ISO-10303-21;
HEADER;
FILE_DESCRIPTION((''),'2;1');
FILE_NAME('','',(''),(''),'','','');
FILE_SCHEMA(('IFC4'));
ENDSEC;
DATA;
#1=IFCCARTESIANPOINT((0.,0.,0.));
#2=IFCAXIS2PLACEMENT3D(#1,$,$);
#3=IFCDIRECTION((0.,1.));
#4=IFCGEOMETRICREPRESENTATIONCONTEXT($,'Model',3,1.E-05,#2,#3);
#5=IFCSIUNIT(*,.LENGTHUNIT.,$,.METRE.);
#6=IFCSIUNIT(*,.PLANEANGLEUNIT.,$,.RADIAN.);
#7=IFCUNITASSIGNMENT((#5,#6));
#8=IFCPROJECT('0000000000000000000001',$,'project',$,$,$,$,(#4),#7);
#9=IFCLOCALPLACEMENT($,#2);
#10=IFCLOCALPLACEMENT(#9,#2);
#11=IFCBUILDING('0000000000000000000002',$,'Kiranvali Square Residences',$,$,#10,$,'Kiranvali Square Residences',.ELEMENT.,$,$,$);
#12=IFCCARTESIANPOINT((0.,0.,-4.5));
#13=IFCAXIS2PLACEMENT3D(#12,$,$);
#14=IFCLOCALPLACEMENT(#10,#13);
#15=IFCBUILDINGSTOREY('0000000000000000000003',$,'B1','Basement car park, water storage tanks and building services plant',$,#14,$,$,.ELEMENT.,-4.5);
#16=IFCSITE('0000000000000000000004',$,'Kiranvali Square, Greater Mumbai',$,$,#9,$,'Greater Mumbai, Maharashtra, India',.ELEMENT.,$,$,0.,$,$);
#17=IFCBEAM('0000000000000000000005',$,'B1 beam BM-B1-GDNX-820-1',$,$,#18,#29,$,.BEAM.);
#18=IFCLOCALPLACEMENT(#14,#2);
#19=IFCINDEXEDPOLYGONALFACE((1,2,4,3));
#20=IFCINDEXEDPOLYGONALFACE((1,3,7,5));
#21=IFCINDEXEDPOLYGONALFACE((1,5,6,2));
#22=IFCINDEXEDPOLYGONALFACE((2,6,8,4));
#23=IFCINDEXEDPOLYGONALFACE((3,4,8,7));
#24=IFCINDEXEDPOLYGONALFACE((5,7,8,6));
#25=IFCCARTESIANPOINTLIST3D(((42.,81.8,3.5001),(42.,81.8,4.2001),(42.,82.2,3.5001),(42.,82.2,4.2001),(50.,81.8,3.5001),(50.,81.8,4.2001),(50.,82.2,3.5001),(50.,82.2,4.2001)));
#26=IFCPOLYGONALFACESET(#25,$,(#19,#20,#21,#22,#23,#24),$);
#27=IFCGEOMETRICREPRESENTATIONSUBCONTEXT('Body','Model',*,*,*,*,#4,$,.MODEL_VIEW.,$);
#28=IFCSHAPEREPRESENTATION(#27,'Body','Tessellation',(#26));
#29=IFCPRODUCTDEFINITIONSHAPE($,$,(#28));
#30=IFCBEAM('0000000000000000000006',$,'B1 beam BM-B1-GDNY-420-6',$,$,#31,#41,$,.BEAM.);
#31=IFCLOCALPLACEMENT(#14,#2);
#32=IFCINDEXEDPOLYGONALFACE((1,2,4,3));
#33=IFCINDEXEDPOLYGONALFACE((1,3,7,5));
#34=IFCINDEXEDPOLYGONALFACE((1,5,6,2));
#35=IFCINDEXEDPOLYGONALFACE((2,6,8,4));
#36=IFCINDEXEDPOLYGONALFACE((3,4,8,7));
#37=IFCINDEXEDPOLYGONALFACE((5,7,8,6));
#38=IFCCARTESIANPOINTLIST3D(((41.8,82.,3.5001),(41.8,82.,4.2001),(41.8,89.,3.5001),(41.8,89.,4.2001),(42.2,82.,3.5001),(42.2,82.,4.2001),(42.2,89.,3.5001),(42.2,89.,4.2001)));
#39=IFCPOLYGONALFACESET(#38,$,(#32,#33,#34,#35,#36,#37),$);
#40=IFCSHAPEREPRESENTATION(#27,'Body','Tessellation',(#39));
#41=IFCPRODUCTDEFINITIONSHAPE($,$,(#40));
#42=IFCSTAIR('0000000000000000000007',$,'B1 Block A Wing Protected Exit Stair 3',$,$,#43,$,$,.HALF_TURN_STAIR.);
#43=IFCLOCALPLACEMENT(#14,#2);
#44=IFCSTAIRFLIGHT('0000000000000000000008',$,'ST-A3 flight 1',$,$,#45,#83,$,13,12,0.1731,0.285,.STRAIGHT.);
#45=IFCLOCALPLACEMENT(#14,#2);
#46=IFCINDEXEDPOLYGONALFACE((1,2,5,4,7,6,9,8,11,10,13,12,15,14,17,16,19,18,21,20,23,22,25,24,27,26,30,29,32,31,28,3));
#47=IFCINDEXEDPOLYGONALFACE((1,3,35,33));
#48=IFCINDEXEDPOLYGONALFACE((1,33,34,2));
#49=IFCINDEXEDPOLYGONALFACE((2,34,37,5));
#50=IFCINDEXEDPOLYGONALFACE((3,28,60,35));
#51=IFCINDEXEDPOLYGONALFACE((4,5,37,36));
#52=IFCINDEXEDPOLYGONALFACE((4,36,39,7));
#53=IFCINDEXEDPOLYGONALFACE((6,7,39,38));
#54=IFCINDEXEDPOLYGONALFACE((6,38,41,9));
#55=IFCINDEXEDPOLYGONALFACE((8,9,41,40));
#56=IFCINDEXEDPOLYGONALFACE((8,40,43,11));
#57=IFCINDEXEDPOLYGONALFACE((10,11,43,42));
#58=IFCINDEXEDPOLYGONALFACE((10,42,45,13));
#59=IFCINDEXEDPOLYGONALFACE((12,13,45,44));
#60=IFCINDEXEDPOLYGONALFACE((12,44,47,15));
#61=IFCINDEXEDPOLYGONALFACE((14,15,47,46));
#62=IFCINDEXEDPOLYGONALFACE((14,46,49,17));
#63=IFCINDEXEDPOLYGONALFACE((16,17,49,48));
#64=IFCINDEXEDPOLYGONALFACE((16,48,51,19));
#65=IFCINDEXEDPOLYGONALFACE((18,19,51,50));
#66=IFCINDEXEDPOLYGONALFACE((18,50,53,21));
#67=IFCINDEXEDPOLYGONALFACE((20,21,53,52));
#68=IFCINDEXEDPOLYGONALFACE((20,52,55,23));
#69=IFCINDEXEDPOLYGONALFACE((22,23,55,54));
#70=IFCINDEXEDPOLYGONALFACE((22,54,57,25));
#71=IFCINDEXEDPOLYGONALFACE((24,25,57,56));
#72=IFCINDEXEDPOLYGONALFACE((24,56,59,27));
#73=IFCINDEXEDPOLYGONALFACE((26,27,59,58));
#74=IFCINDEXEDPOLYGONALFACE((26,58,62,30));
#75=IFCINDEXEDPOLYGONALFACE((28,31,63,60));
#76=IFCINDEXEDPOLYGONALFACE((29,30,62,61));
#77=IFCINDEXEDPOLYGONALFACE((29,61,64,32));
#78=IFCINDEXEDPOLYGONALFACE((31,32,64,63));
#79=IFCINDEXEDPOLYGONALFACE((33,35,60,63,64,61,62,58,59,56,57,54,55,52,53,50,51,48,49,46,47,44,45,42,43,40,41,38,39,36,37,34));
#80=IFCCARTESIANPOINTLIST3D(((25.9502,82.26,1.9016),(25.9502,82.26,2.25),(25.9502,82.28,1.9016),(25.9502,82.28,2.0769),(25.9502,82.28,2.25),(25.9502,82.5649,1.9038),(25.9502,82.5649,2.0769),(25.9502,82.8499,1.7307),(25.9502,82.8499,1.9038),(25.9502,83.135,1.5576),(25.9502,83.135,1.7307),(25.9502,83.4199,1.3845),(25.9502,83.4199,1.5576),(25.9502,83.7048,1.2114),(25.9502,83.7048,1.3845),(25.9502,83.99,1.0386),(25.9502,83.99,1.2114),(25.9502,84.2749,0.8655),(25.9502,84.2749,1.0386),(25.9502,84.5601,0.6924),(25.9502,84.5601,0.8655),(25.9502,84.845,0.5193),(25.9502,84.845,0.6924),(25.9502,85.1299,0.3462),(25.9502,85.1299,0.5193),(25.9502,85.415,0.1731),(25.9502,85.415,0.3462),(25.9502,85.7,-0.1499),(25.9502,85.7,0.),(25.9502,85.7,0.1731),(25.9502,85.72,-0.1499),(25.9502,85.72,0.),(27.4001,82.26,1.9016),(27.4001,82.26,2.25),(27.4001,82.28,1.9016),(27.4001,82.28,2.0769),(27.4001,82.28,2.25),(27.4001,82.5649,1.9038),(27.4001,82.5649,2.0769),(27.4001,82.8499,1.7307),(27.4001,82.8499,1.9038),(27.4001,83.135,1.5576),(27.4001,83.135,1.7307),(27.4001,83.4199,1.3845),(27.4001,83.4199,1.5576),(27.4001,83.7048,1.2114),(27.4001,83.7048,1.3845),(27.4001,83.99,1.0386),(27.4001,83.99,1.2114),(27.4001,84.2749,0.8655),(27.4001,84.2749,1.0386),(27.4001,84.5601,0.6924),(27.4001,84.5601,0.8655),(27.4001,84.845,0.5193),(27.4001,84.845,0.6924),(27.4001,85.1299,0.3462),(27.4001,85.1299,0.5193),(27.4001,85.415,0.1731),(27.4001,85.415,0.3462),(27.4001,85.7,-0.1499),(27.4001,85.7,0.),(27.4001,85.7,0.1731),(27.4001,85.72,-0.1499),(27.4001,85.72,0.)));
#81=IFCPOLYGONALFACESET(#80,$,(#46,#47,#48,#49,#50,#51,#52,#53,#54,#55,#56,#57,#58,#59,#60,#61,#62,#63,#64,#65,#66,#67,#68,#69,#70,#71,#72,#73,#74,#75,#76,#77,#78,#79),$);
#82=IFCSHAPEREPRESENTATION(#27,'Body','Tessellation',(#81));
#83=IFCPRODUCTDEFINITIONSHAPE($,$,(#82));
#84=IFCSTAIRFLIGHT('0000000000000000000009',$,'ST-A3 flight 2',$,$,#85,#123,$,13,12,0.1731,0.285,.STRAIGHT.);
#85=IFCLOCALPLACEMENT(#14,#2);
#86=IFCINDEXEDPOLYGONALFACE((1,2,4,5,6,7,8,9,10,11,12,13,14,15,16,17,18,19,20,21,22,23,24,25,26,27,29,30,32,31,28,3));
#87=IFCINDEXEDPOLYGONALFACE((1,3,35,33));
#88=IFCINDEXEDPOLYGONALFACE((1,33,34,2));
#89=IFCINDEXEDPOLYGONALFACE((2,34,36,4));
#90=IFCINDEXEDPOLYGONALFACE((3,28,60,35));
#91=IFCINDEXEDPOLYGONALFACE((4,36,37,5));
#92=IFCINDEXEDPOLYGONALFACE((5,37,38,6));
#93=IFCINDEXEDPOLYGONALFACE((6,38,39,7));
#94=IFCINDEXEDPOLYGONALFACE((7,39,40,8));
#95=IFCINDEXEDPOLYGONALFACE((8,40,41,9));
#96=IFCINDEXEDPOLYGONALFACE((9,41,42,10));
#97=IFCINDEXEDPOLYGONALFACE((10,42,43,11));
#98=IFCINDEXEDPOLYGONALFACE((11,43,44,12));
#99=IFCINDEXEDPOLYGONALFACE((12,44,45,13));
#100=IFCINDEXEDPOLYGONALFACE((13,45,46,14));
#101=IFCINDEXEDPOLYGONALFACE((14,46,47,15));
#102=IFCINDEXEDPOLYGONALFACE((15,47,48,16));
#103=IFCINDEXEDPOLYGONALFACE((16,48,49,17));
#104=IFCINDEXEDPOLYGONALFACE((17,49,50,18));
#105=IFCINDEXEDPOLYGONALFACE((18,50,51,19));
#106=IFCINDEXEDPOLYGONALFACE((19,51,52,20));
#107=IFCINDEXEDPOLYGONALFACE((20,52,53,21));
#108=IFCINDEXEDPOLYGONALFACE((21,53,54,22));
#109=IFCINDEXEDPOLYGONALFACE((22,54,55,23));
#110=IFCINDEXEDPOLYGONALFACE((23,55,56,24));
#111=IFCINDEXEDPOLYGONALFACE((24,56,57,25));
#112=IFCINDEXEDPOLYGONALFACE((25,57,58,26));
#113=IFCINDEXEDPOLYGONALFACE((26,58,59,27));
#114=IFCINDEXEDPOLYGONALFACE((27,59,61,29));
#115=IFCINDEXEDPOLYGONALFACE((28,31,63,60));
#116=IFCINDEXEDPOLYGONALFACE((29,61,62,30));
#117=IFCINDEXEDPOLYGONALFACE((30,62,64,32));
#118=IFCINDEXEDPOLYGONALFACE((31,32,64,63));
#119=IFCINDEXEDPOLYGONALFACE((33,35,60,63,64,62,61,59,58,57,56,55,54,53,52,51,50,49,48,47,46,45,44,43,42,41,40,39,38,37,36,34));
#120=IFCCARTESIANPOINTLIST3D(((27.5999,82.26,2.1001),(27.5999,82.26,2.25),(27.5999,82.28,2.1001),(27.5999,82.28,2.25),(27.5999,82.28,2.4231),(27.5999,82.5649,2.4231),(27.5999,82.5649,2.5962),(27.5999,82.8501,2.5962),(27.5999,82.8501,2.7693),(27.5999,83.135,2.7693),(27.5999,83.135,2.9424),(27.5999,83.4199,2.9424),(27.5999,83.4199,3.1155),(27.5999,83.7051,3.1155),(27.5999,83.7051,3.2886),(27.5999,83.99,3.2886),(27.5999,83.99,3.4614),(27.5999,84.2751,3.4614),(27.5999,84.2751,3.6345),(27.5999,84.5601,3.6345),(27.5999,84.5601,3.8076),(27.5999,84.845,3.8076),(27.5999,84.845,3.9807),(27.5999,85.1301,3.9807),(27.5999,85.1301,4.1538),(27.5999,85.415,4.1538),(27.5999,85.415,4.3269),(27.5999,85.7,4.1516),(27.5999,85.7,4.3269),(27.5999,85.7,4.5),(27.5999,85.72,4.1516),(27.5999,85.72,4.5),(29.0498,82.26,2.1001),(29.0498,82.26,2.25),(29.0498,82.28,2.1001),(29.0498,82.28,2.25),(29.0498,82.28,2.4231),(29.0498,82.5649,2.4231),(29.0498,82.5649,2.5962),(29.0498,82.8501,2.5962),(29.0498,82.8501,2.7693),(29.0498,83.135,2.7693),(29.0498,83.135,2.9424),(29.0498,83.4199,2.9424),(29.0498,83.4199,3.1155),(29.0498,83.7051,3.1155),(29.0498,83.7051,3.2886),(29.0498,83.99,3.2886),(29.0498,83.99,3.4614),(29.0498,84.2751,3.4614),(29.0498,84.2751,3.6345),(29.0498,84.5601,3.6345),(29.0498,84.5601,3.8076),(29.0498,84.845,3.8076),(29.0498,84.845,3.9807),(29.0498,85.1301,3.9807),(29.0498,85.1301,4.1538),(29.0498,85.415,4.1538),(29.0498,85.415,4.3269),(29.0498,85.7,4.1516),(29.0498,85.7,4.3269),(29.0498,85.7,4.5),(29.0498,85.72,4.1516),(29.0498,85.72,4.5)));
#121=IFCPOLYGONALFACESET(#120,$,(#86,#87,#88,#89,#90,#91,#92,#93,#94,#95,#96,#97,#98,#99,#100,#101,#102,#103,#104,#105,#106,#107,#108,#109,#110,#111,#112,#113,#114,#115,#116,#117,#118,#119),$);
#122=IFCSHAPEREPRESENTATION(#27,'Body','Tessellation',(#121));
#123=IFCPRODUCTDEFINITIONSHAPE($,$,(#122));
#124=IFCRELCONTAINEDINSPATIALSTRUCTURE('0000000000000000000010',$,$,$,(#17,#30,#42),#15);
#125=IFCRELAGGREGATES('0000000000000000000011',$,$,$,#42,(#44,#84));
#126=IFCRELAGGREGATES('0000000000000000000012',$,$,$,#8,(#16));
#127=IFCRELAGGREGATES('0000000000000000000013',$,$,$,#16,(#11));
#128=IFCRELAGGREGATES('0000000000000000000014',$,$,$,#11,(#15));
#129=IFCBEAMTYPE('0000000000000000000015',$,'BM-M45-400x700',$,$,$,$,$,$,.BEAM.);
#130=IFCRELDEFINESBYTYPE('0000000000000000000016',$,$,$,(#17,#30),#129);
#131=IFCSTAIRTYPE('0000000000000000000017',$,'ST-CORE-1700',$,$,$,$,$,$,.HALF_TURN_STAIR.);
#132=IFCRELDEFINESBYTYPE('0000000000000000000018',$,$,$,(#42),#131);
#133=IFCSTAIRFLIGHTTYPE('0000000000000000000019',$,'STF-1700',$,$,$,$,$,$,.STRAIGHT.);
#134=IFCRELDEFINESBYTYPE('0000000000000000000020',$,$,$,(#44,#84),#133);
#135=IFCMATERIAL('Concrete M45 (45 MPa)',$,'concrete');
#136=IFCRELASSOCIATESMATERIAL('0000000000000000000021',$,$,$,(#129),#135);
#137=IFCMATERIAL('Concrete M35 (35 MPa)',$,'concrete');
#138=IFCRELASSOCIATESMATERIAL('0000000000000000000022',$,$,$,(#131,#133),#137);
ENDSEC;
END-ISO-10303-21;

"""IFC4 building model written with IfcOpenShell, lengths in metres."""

from ifc_helpers import new_model, si_unit, direction, frame, origin, origin_2d, place, context, subcontext, project, spatial, polyline, rectangle, outline, extrude, material, material_profile, profile_set, type_object, element, aggregate, save


model = new_model("IFC4")

# Units and contexts
model_context = context("Model", 3, precision=1e-05, world=origin(), true_north=direction((0.0, 1.0)))
body_context = subcontext(model_context, "Body", "Model", "MODEL_VIEW")
ifc_project = project(units=[si_unit("LENGTHUNIT", "METRE"), si_unit("PLANEANGLEUNIT", "RADIAN")], contexts=[model_context])

# Site, building, storey
site_placement = place(None, origin())
site = spatial("IfcSite", under=ifc_project, at=site_placement, Name="Kiranvali Square, Greater Mumbai", LongName="Greater Mumbai, Maharashtra, India", CompositionType="ELEMENT", RefElevation=0.0)
building_placement = place(site_placement, origin())
building = spatial("IfcBuilding", under=site, at=building_placement, Name="Kiranvali Square Residences", LongName="Kiranvali Square Residences", CompositionType="ELEMENT")
storey_placement = place(building_placement, frame((0.0, 0.0, -4.5)))
storey = spatial("IfcBuildingStorey", under=building, at=storey_placement, Name="B1", Description="Basement car park, water storage tanks and building services plant", CompositionType="ELEMENT", Elevation=-4.5)

# Shared definitions
ifc_material_1 = material(Name="Concrete M45 (45 MPa)", Category="concrete")

# Beams
ifc_material_profile_1 = material_profile(ifc_material_1, rectangle(XDim=0.3999, YDim=0.7, at=origin_2d()), Name="RC 400x700")
ifc_profile_set_1 = profile_set([ifc_material_profile_1], Name="Concrete M45 (45 MPa)")
beam_type_1 = type_object("IfcBeamType", Name="BM-M45-400x700", PredefinedType="BEAM", material=ifc_profile_set_1)
beam_1_placement = place(storey_placement, frame((42.0, 82.0, 3.8501), z_axis=(1.0, 0.0, 0.0), x_axis=(0.0, 1.0, 0.0)))
element("IfcBeam", 1, at=beam_1_placement, inside=storey, type_object=beam_type_1, Name="B1 beam BM-B1-GDNX-820-1", PredefinedType="BEAM", context=body_context, shape_type="SweptSolid", body=[
    extrude(rectangle(XDim=0.3999, YDim=0.7, at=origin_2d()), origin(), (0.0, 0.0, 1.0), 8.0),
])
beam_2_placement = place(storey_placement, frame((42.0, 82.0, 3.8501), z_axis=(0.0, 1.0, 0.0), x_axis=(-1.0, 0.0, 0.0)))
element("IfcBeam", 2, at=beam_2_placement, inside=storey, type_object=beam_type_1, Name="B1 beam BM-B1-GDNY-420-6", PredefinedType="BEAM", context=body_context, shape_type="SweptSolid", body=[
    extrude(rectangle(XDim=0.3999, YDim=0.7, at=origin_2d()), origin(), (0.0, 0.0, 1.0), 7.0),
])

# Stair, stair flights
ifc_material_2 = material(Name="Concrete M35 (35 MPa)", Category="concrete")
stair_type = type_object("IfcStairType", Name="ST-CORE-1700", PredefinedType="HALF_TURN_STAIR", material=ifc_material_2)
stair_placement = place(storey_placement, origin())
stair = element("IfcStair", 3, at=stair_placement, inside=storey, type_object=stair_type, Name="B1 Block A Wing Protected Exit Stair 3", PredefinedType="HALF_TURN_STAIR")
stair_flight_type = type_object("IfcStairFlightType", Name="STF-1700", PredefinedType="STRAIGHT", material=ifc_material_2)
stair_flight_1_placement = place(storey_placement, frame((26.675, 85.7, 0.0), z_axis=(0.0, 0.0, 1.0), x_axis=(0.0, -1.0, 0.0)))
stair_flight_1 = element("IfcStairFlight", 4, at=stair_flight_1_placement, type_object=stair_flight_type, Name="ST-A3 flight 1", NumberOfRisers=13, NumberOfTreads=12, PredefinedType="STRAIGHT", RiserHeight=0.1731, TreadLength=0.285, context=body_context, shape_type="SweptSolid", body=[
    extrude(outline(polyline([(-0.02, -0.1499), (-0.02, 0.0), (0.0, 0.0), (0.0, 0.1731), (0.2849, 0.1731), (0.2849, 0.3462), (0.5701, 0.3462), (0.5701, 0.5193), (0.855, 0.5193), (0.855, 0.6924), (1.1399, 0.6924), (1.1399, 0.8655), (1.425, 0.8655), (1.425, 1.0386), (1.71, 1.0386), (1.71, 1.2114), (1.9951, 1.2114), (1.9951, 1.3845), (2.28, 1.3845), (2.28, 1.5576), (2.5649, 1.5576), (2.5649, 1.7307), (2.8501, 1.7307), (2.8501, 1.9038), (3.135, 1.9038), (3.135, 2.0769), (3.4199, 2.0769), (3.4199, 2.25), (3.4399, 2.25), (3.4399, 1.9016), (3.4199, 1.9016), (0.0, -0.1499), (-0.02, -0.1499)])), frame((0.0, 0.7251, 0.0), z_axis=(0.0, -1.0, 0.0), x_axis=(1.0, 0.0, 0.0)), (0.0, 0.0, 1.0), 1.45),
])
stair_flight_2_placement = place(storey_placement, frame((28.325, 82.28, 2.25), z_axis=(0.0, 0.0, 1.0), x_axis=(0.0, 1.0, 0.0)))
stair_flight_2 = element("IfcStairFlight", 5, at=stair_flight_2_placement, type_object=stair_flight_type, Name="ST-A3 flight 2", NumberOfRisers=13, NumberOfTreads=12, PredefinedType="STRAIGHT", RiserHeight=0.1731, TreadLength=0.285, context=body_context, shape_type="SweptSolid", body=[
    extrude(outline(polyline([(-0.02, -0.1499), (-0.02, 0.0), (0.0, 0.0), (0.0, 0.1731), (0.2849, 0.1731), (0.2849, 0.3462), (0.5701, 0.3462), (0.5701, 0.5193), (0.855, 0.5193), (0.855, 0.6924), (1.1399, 0.6924), (1.1399, 0.8655), (1.425, 0.8655), (1.425, 1.0386), (1.71, 1.0386), (1.71, 1.2114), (1.9951, 1.2114), (1.9951, 1.3845), (2.28, 1.3845), (2.28, 1.5576), (2.5649, 1.5576), (2.5649, 1.7307), (2.8501, 1.7307), (2.8501, 1.9038), (3.135, 1.9038), (3.135, 2.0769), (3.4199, 2.0769), (3.4199, 2.25), (3.4399, 2.25), (3.4399, 1.9016), (3.4199, 1.9016), (0.0, -0.1499), (-0.02, -0.1499)])), frame((0.0, 0.7251, 0.0), z_axis=(0.0, -1.0, 0.0), x_axis=(1.0, 0.0, 0.0)), (0.0, 0.0, 1.0), 1.45),
])
aggregate(stair, [stair_flight_1, stair_flight_2])

save(model, "model.ifc")
